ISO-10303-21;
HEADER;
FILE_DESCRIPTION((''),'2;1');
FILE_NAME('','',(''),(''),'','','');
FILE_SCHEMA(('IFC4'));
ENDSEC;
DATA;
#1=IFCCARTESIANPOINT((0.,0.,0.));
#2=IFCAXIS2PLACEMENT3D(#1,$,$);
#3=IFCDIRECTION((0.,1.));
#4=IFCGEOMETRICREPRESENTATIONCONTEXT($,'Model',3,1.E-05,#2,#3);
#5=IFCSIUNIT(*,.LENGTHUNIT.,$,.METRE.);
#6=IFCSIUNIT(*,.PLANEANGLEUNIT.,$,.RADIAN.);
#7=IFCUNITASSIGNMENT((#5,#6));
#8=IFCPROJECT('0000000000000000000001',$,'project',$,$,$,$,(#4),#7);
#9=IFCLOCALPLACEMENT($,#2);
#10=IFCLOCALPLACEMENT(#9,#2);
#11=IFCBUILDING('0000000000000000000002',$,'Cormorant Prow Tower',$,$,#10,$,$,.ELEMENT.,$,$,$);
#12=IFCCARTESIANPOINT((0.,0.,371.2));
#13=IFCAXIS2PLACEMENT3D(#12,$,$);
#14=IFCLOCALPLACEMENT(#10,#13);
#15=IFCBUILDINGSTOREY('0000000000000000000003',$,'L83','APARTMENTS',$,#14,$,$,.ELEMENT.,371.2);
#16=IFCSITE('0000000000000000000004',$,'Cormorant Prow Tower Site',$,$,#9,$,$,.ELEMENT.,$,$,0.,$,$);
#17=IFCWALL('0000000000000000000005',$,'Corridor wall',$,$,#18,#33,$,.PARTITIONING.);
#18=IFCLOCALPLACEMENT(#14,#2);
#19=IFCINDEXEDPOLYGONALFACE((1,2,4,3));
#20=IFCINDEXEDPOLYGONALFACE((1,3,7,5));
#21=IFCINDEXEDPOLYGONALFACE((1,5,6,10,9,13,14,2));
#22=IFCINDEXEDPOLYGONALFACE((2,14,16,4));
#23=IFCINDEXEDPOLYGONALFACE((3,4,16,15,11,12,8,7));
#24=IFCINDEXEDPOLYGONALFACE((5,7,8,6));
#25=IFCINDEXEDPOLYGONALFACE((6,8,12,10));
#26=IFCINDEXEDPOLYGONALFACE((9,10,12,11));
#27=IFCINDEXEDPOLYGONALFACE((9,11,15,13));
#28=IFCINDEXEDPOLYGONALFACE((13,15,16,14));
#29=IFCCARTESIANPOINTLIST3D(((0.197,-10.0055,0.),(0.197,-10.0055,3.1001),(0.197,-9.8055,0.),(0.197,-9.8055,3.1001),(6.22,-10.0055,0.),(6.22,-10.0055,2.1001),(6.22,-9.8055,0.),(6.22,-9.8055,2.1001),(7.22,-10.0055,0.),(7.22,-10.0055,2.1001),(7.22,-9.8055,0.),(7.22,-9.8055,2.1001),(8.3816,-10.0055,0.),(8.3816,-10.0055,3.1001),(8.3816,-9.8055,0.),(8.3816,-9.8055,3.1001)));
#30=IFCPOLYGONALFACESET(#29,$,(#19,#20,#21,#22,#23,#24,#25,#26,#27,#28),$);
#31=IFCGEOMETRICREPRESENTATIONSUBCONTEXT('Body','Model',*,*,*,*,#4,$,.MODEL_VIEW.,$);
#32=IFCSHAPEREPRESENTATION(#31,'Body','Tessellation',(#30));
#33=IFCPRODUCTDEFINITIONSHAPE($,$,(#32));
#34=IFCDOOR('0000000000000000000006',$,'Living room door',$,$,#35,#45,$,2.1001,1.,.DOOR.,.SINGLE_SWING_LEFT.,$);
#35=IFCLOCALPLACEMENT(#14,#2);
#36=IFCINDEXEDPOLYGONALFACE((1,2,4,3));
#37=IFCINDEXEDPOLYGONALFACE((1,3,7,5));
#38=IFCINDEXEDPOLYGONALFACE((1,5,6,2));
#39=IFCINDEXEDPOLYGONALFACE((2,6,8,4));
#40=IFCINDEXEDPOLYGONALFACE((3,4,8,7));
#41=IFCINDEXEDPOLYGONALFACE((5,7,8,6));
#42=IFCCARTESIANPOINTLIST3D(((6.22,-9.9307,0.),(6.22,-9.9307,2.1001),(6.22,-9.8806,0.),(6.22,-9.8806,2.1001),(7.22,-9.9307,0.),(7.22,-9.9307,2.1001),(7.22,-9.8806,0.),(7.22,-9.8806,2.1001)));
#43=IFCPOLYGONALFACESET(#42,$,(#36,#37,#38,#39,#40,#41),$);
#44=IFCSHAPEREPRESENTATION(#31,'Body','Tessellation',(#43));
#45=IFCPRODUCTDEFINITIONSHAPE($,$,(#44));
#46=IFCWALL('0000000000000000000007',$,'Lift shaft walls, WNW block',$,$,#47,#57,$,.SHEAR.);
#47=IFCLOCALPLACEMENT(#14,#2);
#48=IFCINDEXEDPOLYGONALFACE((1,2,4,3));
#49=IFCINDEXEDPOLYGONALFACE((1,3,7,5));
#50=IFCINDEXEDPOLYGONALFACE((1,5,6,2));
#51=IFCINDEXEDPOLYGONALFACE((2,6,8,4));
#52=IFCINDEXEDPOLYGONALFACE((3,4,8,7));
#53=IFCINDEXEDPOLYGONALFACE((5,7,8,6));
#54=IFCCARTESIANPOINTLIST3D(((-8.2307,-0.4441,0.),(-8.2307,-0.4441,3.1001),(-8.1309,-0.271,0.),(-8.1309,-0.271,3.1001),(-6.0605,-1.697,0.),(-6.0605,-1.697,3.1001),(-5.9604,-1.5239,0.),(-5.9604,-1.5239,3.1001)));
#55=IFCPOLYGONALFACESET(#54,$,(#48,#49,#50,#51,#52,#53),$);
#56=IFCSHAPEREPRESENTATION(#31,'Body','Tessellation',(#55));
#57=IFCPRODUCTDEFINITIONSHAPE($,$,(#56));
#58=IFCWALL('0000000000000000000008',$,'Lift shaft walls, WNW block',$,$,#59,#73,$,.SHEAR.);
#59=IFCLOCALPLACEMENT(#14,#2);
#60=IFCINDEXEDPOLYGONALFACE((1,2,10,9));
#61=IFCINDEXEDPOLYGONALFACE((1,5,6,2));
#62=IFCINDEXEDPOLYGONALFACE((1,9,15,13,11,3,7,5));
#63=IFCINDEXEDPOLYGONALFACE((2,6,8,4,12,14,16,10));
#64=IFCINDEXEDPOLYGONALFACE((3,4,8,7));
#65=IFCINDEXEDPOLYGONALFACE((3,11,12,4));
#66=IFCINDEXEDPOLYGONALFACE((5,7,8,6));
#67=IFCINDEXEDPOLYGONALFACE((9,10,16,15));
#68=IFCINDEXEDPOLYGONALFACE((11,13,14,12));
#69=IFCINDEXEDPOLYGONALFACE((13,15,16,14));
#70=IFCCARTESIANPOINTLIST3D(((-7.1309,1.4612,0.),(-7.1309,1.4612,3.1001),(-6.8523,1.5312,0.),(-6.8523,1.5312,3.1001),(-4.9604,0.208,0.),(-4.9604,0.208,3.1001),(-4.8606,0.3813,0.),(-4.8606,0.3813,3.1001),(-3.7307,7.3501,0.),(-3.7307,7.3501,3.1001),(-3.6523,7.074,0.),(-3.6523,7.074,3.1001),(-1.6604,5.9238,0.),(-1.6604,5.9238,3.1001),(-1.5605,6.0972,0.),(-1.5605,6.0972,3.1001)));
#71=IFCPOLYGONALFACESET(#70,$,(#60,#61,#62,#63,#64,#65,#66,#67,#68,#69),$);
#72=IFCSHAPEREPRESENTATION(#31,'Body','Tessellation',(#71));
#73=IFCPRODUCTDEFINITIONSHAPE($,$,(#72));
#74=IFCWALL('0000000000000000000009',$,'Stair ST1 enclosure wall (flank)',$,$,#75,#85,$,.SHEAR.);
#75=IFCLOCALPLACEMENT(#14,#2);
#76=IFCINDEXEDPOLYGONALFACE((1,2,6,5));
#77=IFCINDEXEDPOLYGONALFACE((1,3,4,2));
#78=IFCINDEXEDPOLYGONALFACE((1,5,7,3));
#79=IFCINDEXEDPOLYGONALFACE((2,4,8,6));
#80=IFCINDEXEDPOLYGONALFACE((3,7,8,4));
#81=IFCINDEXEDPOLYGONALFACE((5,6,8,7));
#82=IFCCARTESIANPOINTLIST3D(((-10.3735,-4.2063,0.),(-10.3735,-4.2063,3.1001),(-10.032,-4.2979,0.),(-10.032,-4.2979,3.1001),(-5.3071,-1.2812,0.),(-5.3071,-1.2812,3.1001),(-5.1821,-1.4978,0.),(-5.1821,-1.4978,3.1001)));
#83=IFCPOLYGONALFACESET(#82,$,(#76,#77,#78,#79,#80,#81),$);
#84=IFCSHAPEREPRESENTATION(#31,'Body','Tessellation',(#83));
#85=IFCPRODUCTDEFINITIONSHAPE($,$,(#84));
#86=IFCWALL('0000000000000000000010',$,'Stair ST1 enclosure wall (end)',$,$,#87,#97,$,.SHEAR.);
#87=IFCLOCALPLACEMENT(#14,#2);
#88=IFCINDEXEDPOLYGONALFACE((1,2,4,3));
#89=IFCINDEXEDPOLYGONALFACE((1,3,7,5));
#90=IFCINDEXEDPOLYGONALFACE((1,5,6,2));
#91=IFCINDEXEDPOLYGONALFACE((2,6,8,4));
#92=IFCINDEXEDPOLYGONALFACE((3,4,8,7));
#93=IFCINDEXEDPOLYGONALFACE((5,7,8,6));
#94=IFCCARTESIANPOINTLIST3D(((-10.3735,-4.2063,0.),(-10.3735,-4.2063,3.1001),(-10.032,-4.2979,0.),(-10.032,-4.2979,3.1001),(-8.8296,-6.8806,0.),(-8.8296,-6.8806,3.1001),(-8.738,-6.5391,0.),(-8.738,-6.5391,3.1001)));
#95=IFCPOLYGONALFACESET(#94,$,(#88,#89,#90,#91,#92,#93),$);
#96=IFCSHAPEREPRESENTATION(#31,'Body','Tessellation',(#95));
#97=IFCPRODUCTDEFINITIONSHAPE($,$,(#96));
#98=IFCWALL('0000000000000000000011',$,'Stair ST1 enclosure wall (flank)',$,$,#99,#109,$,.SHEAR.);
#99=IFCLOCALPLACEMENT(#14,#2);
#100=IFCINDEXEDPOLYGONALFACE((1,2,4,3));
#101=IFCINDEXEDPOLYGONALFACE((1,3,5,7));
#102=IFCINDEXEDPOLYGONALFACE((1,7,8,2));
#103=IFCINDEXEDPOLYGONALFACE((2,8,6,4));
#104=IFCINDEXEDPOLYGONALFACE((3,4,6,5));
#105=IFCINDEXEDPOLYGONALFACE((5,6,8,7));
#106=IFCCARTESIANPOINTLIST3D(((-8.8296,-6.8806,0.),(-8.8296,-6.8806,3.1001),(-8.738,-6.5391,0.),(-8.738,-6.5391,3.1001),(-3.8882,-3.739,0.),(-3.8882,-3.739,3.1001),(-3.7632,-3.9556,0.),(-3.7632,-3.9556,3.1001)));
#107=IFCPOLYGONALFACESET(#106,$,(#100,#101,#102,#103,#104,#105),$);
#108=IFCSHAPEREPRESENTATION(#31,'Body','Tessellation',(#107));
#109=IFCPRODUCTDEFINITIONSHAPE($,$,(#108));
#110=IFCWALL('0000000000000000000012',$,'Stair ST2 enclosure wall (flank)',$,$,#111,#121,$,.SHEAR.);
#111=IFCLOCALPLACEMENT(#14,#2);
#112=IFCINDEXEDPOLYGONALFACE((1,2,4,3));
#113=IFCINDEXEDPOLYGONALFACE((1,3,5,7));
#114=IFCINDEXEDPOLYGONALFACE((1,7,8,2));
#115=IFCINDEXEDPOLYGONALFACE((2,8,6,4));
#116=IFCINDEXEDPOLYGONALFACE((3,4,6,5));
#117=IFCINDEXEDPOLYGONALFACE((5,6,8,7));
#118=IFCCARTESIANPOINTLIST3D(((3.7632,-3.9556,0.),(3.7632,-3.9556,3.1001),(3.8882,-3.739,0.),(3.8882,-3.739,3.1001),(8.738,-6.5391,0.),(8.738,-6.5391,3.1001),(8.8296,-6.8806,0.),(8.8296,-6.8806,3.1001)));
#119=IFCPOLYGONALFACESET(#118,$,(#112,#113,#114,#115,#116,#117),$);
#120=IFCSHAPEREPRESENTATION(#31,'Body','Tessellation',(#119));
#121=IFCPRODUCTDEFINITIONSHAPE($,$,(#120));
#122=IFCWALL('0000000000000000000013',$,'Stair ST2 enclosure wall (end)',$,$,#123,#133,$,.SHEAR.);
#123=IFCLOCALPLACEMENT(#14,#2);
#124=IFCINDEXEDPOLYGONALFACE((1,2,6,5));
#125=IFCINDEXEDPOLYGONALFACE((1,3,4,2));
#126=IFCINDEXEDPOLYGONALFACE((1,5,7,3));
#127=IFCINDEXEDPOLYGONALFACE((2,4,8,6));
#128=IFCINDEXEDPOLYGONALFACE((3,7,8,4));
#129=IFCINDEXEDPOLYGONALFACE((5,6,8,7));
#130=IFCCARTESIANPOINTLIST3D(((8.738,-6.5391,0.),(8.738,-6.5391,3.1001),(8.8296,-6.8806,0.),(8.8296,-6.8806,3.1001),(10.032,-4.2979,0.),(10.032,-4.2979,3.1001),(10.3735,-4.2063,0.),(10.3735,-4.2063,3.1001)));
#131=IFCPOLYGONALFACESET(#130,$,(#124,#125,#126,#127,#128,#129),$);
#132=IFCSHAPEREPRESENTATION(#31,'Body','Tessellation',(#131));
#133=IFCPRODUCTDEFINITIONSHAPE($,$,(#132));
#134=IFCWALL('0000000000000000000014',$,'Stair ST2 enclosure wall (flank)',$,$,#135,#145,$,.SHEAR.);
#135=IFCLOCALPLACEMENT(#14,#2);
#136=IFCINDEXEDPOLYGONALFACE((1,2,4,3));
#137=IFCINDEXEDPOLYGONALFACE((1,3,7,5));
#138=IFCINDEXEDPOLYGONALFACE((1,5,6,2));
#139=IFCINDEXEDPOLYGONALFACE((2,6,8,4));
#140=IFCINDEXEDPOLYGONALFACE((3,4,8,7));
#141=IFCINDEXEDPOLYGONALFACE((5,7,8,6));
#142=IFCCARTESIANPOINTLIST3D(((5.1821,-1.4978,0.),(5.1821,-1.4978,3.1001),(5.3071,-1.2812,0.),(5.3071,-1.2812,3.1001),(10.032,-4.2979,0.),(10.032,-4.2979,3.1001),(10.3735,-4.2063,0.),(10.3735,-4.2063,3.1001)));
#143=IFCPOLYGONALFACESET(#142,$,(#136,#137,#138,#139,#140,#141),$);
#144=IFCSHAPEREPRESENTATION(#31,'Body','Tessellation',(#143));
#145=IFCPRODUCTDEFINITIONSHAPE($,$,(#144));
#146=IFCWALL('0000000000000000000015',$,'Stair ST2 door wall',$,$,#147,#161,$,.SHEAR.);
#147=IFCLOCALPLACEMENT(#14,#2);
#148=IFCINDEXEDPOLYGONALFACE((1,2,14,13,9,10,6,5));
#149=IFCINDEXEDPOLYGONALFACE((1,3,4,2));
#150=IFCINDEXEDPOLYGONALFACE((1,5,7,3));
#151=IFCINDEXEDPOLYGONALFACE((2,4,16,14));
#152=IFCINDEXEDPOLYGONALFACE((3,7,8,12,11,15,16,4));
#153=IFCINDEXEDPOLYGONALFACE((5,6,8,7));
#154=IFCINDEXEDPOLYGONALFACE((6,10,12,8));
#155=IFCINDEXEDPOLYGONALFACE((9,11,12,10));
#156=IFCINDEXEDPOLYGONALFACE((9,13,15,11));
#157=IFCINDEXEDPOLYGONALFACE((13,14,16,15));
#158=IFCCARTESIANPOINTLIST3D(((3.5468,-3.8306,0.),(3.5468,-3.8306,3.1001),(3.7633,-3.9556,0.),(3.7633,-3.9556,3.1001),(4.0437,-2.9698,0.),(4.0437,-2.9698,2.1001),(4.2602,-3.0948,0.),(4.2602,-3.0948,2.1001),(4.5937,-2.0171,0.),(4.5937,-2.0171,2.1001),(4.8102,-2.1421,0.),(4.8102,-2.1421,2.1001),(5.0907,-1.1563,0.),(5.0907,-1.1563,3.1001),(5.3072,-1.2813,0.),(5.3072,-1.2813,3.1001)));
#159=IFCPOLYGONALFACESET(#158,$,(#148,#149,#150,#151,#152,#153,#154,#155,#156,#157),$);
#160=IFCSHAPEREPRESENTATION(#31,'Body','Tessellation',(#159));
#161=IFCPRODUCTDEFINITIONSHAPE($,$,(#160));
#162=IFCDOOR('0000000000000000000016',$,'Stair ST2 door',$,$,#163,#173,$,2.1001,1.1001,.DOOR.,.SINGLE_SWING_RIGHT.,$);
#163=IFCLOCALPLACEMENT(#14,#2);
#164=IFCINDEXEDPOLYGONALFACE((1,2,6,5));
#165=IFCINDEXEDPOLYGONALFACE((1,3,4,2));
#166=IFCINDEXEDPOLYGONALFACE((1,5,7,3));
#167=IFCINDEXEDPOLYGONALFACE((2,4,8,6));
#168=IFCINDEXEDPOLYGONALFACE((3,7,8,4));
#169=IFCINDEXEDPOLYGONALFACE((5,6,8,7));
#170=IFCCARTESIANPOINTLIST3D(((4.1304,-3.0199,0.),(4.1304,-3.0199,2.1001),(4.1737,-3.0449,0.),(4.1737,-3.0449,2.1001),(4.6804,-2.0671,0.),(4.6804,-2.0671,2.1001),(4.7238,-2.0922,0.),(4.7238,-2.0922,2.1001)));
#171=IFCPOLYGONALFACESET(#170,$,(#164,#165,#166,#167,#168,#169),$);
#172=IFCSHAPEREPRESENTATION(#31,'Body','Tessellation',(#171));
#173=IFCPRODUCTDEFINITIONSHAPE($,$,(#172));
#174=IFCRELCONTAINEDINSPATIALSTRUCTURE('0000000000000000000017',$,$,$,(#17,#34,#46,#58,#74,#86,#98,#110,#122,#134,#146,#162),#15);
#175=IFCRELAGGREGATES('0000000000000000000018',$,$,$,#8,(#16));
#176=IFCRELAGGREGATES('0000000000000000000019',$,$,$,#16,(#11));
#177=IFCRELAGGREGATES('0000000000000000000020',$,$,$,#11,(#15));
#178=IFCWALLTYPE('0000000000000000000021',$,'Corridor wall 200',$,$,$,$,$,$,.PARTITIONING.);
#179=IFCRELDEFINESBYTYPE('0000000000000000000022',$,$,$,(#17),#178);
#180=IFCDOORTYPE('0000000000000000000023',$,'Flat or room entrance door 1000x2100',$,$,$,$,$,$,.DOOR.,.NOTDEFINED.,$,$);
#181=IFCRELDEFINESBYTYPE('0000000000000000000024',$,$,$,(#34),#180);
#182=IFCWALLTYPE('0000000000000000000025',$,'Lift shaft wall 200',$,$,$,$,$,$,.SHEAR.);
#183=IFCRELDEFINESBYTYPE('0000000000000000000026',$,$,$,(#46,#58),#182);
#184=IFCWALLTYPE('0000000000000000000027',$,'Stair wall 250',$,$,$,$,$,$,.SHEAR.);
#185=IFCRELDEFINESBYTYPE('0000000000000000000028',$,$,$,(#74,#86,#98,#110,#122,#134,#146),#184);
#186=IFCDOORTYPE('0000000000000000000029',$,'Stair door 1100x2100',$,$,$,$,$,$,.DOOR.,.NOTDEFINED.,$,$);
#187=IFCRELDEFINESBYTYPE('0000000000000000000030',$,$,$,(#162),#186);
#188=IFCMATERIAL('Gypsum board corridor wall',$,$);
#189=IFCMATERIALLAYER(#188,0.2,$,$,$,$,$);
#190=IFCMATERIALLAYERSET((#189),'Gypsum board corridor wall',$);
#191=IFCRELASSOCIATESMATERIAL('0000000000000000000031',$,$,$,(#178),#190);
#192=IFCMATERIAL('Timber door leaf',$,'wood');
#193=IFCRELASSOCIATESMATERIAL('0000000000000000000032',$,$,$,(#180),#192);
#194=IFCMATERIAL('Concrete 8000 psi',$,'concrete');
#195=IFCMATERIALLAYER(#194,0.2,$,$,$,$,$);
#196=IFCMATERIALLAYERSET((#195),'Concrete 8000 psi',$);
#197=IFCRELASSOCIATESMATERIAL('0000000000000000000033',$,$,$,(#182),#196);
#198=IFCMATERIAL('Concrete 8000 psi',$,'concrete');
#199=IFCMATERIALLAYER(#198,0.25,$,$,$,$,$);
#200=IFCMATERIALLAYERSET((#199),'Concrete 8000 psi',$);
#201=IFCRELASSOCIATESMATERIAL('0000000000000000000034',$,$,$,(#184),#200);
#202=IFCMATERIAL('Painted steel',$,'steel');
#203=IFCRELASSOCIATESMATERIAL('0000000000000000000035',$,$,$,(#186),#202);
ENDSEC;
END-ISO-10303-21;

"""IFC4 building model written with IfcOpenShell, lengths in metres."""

from ifc_helpers import new_model, si_unit, direction, frame, frame_2d, origin, place, context, subcontext, project, spatial, polyline, rectangle, outline, extrude, material, layer, layer_set, type_object, element, fill, save


model = new_model("IFC4")

# Units and contexts
model_context = context("Model", 3, precision=1e-05, world=origin(), true_north=direction((0.0, 1.0)))
body_context = subcontext(model_context, "Body", "Model", "MODEL_VIEW")
ifc_project = project(units=[si_unit("LENGTHUNIT", "METRE"), si_unit("PLANEANGLEUNIT", "RADIAN")], contexts=[model_context])

# Site, building, storey
site_placement = place(None, origin())
site = spatial("IfcSite", under=ifc_project, at=site_placement, Name="Cormorant Prow Tower Site", CompositionType="ELEMENT", RefElevation=0.0)
building_placement = place(site_placement, origin())
building = spatial("IfcBuilding", under=site, at=building_placement, Name="Cormorant Prow Tower", CompositionType="ELEMENT")
storey_placement = place(building_placement, frame((0.0, 0.0, 371.2)))
storey = spatial("IfcBuildingStorey", under=building, at=storey_placement, Name="L83", Description="APARTMENTS", CompositionType="ELEMENT", Elevation=371.2)

# Wall, opening, door
ifc_material_1 = material(Name="Gypsum board corridor wall")
ifc_layer_1 = layer(ifc_material_1, 0.2)
ifc_layer_set_1 = layer_set([ifc_layer_1], Name="Gypsum board corridor wall")
wall_type_1 = type_object("IfcWallType", Name="Corridor wall 200", PredefinedType="PARTITIONING", material=ifc_layer_set_1)
wall_1_placement = place(storey_placement, frame((0.197, -9.9055, 0.0), z_axis=(0.0, 0.0, 1.0), x_axis=(1.0, 0.0, 0.0)))
wall_1 = element("IfcWall", 1, at=wall_1_placement, inside=storey, type_object=wall_type_1, Name="Corridor wall", PredefinedType="PARTITIONING", context=body_context, shape_type="SweptSolid", body=[
    extrude(rectangle(XDim=8.1846, YDim=0.2, at=frame_2d((4.0923, 0.0))), origin(), (0.0, 0.0, 1.0), 3.1001),
])
opening_1_placement = place(wall_1_placement, frame((6.0229, 0.0, 0.0)))
opening_1 = element("IfcOpeningElement", 2, at=opening_1_placement, cuts=wall_1, PredefinedType="OPENING", context=body_context, shape_type="SweptSolid", body=[
    extrude(rectangle(XDim=1.0, YDim=2.1001, at=frame_2d((0.5, 1.05))), frame((0.0, 0.1099, 0.0), z_axis=(0.0, -1.0, 0.0), x_axis=(1.0, 0.0, 0.0)), (0.0, 0.0, 1.0), 0.22),
])
ifc_material_2 = material(Name="Timber door leaf", Category="wood")
door_type_1 = type_object("IfcDoorType", Name="Flat or room entrance door 1000x2100", OperationType="NOTDEFINED", PredefinedType="DOOR", material=ifc_material_2)
door_1_placement = place(opening_1_placement, origin())
door_1 = element("IfcDoor", 3, at=door_1_placement, inside=storey, type_object=door_type_1, Name="Living room door", OperationType="SINGLE_SWING_LEFT", OverallHeight=2.1001, OverallWidth=1.0, PredefinedType="DOOR", context=body_context, shape_type="SweptSolid", body=[
    extrude(rectangle(XDim=1.0, YDim=2.1001, at=frame_2d((0.5, 1.05))), frame((0.0, 0.0249, 0.0), z_axis=(0.0, -1.0, 0.0), x_axis=(1.0, 0.0, 0.0)), (0.0, 0.0, 1.0), 0.05),
])
fill(opening_1, door_1)

# Walls
ifc_material_3 = material(Name="Concrete 8000 psi", Category="concrete")
ifc_layer_2 = layer(ifc_material_3, 0.2)
ifc_layer_set_2 = layer_set([ifc_layer_2], Name="Concrete 8000 psi")
wall_type_2 = type_object("IfcWallType", Name="Lift shaft wall 200", PredefinedType="SHEAR", material=ifc_layer_set_2)
wall_2_placement = place(storey_placement, origin())
element("IfcWall", 4, at=wall_2_placement, inside=storey, type_object=wall_type_2, Name="Lift shaft walls, WNW block", PredefinedType="SHEAR", context=body_context, shape_type="SweptSolid", body=[
    extrude(outline(polyline([(-6.0605, -1.697), (-8.2307, -0.4441), (-8.1309, -0.271), (-5.9604, -1.5239), (-6.0605, -1.697)])), origin(), (0.0, 0.0, 1.0), 3.1001),
])
wall_3_placement = place(storey_placement, origin())
element("IfcWall", 5, at=wall_3_placement, inside=storey, type_object=wall_type_2, Name="Lift shaft walls, WNW block", PredefinedType="SHEAR", context=body_context, shape_type="SweptSolid", body=[
    extrude(outline(polyline([(-4.9604, 0.208), (-7.1309, 1.4612), (-3.7307, 7.3501), (-1.5605, 6.0972), (-1.6604, 5.9238), (-3.6523, 7.074), (-6.8523, 1.5312), (-4.8606, 0.3813), (-4.9604, 0.208)])), origin(), (0.0, 0.0, 1.0), 3.1001),
])
ifc_material_4 = material(Name="Concrete 8000 psi", Category="concrete")
ifc_layer_3 = layer(ifc_material_4, 0.25)
ifc_layer_set_3 = layer_set([ifc_layer_3], Name="Concrete 8000 psi")
wall_type_3 = type_object("IfcWallType", Name="Stair wall 250", PredefinedType="SHEAR", material=ifc_layer_set_3)
wall_4_placement = place(storey_placement, origin())
element("IfcWall", 6, at=wall_4_placement, inside=storey, type_object=wall_type_3, Name="Stair ST1 enclosure wall (flank)", PredefinedType="SHEAR", context=body_context, shape_type="SweptSolid", body=[
    extrude(outline(polyline([(-5.3071, -1.2812), (-10.3735, -4.2063), (-10.032, -4.2979), (-5.1821, -1.4978), (-5.3071, -1.2812)])), origin(), (0.0, 0.0, 1.0), 3.1001),
])
wall_5_placement = place(storey_placement, origin())
element("IfcWall", 7, at=wall_5_placement, inside=storey, type_object=wall_type_3, Name="Stair ST1 enclosure wall (end)", PredefinedType="SHEAR", context=body_context, shape_type="SweptSolid", body=[
    extrude(outline(polyline([(-10.3735, -4.2063), (-8.8296, -6.8806), (-8.738, -6.5391), (-10.032, -4.2979), (-10.3735, -4.2063)])), origin(), (0.0, 0.0, 1.0), 3.1001),
])
wall_6_placement = place(storey_placement, origin())
element("IfcWall", 8, at=wall_6_placement, inside=storey, type_object=wall_type_3, Name="Stair ST1 enclosure wall (flank)", PredefinedType="SHEAR", context=body_context, shape_type="SweptSolid", body=[
    extrude(outline(polyline([(-8.738, -6.5391), (-8.8296, -6.8806), (-3.7632, -3.9556), (-3.8882, -3.739), (-8.738, -6.5391)])), origin(), (0.0, 0.0, 1.0), 3.1001),
])
wall_7_placement = place(storey_placement, origin())
element("IfcWall", 9, at=wall_7_placement, inside=storey, type_object=wall_type_3, Name="Stair ST2 enclosure wall (flank)", PredefinedType="SHEAR", context=body_context, shape_type="SweptSolid", body=[
    extrude(outline(polyline([(3.7632, -3.9556), (8.8296, -6.8806), (8.738, -6.5391), (3.8882, -3.739), (3.7632, -3.9556)])), origin(), (0.0, 0.0, 1.0), 3.1001),
])
wall_8_placement = place(storey_placement, origin())
element("IfcWall", 10, at=wall_8_placement, inside=storey, type_object=wall_type_3, Name="Stair ST2 enclosure wall (end)", PredefinedType="SHEAR", context=body_context, shape_type="SweptSolid", body=[
    extrude(outline(polyline([(8.8296, -6.8806), (10.3735, -4.2063), (10.032, -4.2979), (8.738, -6.5391), (8.8296, -6.8806)])), origin(), (0.0, 0.0, 1.0), 3.1001),
])
wall_9_placement = place(storey_placement, origin())
element("IfcWall", 11, at=wall_9_placement, inside=storey, type_object=wall_type_3, Name="Stair ST2 enclosure wall (flank)", PredefinedType="SHEAR", context=body_context, shape_type="SweptSolid", body=[
    extrude(outline(polyline([(10.032, -4.2979), (10.3735, -4.2063), (5.3071, -1.2812), (5.1821, -1.4978), (10.032, -4.2979)])), origin(), (0.0, 0.0, 1.0), 3.1001),
])

# Wall, opening, door
wall_10_placement = place(storey_placement, frame((3.655, -3.8931, 0.0), z_axis=(0.0, 0.0, 1.0), x_axis=(0.499983, 0.866035, 0.0)))
wall_10 = element("IfcWall", 12, at=wall_10_placement, inside=storey, type_object=wall_type_3, Name="Stair ST2 door wall", PredefinedType="SHEAR", context=body_context, shape_type="SweptSolid", body=[
    extrude(rectangle(XDim=3.0879, YDim=0.25, at=frame_2d((1.5439, 0.0))), origin(), (0.0, 0.0, 1.0), 3.1001),
])
opening_2_placement = place(wall_10_placement, frame((0.9939, 0.0, 0.0)))
opening_2 = element("IfcOpeningElement", 13, at=opening_2_placement, cuts=wall_10, PredefinedType="OPENING", context=body_context, shape_type="SweptSolid", body=[
    extrude(rectangle(XDim=1.1001, YDim=2.1001, at=frame_2d((0.55, 1.05))), frame((0.0, 0.135, 0.0), z_axis=(0.0, -1.0, 0.0), x_axis=(1.0, 0.0, 0.0)), (0.0, 0.0, 1.0), 0.27),
])
ifc_material_5 = material(Name="Painted steel", Category="steel")
door_type_2 = type_object("IfcDoorType", Name="Stair door 1100x2100", OperationType="NOTDEFINED", PredefinedType="DOOR", material=ifc_material_5)
door_2_placement = place(opening_2_placement, origin())
door_2 = element("IfcDoor", 14, at=door_2_placement, inside=storey, type_object=door_type_2, Name="Stair ST2 door", OperationType="SINGLE_SWING_RIGHT", OverallHeight=2.1001, OverallWidth=1.1001, PredefinedType="DOOR", context=body_context, shape_type="SweptSolid", body=[
    extrude(rectangle(XDim=1.1001, YDim=2.1001, at=frame_2d((0.55, 1.05))), frame((0.0, 0.0249, 0.0), z_axis=(0.0, -1.0, 0.0), x_axis=(1.0, 0.0, 0.0)), (0.0, 0.0, 1.0), 0.05),
])
fill(opening_2, door_2)

save(model, "model.ifc")
